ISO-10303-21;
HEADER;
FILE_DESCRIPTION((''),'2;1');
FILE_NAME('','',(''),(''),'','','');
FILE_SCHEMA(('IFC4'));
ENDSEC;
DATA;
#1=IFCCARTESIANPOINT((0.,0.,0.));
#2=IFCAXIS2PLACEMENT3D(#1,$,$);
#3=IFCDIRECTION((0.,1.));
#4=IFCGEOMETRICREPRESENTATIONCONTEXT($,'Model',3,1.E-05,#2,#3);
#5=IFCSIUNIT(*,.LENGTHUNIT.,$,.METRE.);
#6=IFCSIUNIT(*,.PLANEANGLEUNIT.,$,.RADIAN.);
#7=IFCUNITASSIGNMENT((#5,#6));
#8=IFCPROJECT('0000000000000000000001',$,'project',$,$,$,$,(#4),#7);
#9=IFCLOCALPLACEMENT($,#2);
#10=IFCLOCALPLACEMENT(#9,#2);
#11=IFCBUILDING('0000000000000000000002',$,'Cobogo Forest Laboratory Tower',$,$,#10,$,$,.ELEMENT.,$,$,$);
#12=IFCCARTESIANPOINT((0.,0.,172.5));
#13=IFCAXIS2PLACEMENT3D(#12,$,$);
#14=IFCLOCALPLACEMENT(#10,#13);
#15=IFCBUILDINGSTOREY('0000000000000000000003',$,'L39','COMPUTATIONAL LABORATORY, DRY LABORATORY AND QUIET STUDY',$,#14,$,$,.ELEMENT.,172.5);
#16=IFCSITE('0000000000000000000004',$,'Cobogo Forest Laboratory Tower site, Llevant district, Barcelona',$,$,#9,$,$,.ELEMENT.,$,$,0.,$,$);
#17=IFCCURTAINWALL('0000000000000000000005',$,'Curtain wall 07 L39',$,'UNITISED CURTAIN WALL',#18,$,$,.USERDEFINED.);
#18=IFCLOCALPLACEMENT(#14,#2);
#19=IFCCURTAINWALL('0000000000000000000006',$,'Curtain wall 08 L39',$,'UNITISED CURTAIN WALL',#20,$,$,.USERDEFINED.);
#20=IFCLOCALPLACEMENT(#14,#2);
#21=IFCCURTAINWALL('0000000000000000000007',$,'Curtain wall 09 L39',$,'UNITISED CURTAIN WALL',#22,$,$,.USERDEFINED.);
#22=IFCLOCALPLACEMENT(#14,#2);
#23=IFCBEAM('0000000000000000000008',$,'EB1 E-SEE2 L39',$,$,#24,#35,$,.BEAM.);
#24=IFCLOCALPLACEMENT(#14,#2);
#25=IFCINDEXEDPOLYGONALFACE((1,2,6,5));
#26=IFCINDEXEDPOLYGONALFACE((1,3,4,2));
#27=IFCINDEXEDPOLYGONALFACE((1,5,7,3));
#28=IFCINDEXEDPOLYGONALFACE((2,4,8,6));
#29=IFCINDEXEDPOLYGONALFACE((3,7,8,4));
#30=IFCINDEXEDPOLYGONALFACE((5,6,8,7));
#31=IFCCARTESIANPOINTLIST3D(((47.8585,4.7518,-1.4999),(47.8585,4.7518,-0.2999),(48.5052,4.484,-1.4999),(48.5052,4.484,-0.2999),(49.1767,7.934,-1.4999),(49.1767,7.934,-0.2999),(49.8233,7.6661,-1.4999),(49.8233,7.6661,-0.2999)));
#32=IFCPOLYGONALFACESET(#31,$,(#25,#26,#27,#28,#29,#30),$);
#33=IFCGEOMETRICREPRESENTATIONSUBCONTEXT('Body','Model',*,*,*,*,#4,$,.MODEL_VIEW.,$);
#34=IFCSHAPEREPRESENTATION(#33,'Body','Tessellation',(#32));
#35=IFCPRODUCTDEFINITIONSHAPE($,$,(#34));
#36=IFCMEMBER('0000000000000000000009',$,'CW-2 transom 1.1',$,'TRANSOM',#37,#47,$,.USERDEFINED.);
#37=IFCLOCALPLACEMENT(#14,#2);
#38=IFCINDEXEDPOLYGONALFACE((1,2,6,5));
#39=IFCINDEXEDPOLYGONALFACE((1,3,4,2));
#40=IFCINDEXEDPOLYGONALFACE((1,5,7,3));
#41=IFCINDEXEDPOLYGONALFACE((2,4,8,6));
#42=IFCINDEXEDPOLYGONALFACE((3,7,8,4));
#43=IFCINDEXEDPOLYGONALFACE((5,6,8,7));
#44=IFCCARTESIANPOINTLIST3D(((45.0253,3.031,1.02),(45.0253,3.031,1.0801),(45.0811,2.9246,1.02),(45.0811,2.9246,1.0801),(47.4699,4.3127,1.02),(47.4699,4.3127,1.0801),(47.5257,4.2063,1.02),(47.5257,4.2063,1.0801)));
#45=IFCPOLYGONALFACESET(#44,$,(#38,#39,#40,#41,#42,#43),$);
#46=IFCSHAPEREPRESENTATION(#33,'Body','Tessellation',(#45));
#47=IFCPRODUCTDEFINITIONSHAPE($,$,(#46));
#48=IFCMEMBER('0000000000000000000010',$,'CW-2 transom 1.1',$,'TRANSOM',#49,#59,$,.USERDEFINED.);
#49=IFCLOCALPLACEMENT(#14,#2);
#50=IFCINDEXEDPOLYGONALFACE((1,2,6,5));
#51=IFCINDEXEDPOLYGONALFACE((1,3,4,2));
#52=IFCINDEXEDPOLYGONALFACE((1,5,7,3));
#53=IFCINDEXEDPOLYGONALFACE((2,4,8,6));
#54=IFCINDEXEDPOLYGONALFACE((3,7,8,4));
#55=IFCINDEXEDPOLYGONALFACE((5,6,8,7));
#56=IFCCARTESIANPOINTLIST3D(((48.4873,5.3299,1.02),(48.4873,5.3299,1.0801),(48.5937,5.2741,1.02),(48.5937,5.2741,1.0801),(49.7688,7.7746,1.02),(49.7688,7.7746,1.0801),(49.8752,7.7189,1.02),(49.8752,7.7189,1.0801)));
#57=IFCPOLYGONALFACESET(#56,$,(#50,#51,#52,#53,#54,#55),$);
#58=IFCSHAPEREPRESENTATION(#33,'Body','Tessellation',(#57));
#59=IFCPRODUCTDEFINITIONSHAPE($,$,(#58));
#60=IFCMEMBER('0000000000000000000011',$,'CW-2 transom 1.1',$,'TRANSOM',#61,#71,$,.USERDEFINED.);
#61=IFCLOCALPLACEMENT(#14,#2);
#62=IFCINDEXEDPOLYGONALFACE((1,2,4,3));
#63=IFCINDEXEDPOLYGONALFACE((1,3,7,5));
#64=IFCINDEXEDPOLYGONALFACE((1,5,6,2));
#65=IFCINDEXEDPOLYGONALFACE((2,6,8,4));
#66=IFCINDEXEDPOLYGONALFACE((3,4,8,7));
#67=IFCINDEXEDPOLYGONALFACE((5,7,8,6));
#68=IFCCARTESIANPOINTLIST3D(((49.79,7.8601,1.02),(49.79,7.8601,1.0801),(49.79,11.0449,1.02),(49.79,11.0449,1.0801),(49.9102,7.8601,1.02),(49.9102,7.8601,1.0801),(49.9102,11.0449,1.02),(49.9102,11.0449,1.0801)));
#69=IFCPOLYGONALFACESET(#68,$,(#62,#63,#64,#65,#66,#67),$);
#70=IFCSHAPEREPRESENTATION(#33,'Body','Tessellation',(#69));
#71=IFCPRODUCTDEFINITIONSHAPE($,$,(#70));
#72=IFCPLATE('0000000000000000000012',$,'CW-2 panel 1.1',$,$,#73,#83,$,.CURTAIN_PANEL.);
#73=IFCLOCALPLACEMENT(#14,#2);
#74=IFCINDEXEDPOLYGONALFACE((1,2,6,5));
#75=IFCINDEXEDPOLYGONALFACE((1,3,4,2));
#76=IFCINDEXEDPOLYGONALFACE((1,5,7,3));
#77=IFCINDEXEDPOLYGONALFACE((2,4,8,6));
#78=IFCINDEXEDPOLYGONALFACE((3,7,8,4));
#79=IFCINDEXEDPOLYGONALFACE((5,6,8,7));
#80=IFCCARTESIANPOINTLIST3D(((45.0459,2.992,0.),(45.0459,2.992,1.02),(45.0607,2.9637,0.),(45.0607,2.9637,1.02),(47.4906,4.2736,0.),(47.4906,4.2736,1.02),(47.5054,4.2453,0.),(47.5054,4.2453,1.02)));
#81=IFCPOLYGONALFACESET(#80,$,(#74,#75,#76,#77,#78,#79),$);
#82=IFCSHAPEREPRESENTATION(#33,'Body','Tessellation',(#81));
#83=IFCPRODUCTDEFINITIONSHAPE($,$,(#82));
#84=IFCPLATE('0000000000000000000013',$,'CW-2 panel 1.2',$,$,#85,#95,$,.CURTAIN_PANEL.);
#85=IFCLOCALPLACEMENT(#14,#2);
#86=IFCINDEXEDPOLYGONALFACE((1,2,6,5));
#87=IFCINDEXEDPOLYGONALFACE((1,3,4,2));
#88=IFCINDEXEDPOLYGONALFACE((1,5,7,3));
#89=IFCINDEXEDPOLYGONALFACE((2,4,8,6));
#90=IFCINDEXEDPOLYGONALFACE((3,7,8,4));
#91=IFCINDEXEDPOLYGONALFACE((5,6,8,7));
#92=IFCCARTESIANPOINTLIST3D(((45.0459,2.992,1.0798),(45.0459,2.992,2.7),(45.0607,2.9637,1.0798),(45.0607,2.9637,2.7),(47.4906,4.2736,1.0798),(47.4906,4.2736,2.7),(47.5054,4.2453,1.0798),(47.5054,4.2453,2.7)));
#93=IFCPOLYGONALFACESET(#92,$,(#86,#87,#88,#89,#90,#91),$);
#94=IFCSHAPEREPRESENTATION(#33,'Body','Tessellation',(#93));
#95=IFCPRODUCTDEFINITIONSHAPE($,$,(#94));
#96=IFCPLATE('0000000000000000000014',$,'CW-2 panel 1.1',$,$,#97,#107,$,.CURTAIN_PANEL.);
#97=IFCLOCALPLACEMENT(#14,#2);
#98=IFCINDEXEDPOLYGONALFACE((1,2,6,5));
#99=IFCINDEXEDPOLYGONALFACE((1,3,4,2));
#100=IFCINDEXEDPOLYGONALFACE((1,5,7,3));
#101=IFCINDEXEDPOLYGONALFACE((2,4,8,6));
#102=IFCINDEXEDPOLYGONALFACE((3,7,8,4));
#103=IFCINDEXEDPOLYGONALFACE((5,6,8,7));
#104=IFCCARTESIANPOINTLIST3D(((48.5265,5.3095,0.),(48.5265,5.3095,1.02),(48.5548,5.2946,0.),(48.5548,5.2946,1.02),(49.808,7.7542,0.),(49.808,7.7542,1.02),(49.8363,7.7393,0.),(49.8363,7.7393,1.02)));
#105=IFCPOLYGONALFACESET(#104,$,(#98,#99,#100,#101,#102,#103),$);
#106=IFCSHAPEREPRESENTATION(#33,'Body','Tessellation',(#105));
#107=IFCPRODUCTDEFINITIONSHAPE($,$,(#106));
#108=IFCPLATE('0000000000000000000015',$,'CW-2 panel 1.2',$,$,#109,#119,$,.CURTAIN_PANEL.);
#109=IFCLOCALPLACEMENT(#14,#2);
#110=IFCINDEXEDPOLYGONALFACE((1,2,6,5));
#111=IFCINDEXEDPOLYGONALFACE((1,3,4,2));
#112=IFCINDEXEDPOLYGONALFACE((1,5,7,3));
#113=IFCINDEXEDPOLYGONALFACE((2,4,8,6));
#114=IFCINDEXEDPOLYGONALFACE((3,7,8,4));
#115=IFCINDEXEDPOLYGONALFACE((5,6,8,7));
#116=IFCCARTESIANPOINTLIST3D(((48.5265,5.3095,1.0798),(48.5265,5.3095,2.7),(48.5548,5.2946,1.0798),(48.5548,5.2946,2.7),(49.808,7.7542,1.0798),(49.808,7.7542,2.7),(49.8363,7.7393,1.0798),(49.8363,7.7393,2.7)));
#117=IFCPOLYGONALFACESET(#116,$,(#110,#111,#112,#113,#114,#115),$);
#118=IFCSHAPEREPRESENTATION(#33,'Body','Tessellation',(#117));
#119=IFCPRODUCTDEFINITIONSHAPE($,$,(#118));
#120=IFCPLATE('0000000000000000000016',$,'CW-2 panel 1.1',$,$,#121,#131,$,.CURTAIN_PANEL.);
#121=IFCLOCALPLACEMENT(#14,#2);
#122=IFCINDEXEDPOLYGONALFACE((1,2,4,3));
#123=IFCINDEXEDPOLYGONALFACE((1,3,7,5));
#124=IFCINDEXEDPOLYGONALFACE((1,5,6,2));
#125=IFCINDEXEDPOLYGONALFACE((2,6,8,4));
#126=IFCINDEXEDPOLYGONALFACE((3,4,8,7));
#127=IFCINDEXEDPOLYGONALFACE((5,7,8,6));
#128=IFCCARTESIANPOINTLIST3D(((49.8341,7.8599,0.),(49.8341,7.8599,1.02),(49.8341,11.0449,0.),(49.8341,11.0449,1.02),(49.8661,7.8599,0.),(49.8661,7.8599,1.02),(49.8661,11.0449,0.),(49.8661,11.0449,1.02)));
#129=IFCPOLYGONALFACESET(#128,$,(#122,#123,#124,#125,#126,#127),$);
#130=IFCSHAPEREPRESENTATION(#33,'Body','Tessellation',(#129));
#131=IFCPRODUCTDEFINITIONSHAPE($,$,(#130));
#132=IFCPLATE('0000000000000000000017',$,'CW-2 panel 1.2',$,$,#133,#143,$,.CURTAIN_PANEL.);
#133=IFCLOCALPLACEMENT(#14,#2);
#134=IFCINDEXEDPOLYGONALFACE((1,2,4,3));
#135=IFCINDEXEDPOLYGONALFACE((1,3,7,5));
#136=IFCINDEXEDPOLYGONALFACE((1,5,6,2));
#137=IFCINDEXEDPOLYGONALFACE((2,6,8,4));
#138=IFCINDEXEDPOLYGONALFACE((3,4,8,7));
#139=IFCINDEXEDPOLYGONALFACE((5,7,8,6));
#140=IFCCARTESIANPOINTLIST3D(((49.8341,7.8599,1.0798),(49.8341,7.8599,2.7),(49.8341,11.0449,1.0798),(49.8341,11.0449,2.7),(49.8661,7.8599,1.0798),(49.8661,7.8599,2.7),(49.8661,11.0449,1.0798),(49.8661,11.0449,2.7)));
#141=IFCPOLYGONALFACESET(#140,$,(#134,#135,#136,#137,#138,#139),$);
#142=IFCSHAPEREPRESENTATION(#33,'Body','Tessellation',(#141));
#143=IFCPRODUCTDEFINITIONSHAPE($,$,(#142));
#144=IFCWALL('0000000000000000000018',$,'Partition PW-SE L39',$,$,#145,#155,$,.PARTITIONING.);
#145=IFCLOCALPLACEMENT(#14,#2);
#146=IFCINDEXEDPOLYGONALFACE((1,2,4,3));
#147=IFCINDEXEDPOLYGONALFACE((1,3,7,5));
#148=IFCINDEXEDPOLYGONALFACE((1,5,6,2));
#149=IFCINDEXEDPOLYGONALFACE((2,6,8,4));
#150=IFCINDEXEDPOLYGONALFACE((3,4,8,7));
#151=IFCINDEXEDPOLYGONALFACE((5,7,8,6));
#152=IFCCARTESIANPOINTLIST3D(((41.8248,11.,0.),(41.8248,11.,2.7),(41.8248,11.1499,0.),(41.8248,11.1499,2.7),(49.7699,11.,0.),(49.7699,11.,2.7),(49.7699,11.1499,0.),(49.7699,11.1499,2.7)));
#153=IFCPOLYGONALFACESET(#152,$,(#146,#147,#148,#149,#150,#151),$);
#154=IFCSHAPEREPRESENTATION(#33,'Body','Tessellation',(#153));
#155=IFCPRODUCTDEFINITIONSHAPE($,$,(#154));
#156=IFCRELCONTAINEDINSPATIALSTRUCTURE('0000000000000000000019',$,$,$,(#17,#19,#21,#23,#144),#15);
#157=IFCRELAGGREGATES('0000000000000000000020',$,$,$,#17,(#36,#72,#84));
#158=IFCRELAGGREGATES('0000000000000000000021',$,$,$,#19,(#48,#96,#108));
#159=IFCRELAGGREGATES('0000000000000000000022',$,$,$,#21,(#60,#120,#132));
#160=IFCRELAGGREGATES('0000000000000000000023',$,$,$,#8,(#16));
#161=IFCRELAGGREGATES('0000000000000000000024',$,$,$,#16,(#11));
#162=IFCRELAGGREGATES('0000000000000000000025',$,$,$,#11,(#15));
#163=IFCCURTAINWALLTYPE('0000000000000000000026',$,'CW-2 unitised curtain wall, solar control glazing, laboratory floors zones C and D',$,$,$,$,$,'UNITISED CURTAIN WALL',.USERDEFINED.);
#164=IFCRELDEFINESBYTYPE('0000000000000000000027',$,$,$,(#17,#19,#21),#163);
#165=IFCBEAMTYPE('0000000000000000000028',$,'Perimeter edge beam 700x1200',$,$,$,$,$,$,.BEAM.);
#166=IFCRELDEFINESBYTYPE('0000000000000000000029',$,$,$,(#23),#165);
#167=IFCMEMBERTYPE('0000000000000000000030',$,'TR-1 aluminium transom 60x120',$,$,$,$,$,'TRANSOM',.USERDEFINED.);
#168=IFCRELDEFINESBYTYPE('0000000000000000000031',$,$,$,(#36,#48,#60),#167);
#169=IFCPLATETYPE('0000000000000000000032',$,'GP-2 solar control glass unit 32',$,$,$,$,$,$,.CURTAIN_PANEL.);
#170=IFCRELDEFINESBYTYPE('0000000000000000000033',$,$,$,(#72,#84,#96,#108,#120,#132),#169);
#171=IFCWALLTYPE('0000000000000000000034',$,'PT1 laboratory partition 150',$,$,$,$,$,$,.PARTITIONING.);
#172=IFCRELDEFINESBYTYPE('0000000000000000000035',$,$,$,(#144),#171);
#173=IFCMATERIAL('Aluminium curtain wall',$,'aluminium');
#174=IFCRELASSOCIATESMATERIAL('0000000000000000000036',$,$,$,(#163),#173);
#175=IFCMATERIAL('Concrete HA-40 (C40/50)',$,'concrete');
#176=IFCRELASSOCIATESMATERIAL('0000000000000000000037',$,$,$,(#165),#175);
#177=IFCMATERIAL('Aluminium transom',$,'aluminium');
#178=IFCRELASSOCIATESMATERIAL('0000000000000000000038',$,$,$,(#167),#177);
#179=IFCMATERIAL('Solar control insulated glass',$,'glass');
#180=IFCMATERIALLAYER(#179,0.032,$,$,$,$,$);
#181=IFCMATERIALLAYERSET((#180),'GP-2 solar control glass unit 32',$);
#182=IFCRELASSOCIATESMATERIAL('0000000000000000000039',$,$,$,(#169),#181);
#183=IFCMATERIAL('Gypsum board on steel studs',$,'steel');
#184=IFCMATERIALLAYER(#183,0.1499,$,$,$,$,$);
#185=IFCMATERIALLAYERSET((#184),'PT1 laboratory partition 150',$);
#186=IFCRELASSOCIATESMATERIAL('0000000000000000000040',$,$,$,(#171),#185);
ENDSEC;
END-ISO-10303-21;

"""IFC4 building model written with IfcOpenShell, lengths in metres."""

from ifc_helpers import new_model, si_unit, direction, frame, frame_2d, origin, origin_2d, place, context, subcontext, project, spatial, rectangle, extrude, material, layer, layer_set, material_profile, profile_set, type_object, element, aggregate, save


model = new_model("IFC4")

# Units and contexts
model_context = context("Model", 3, precision=1e-05, world=origin(), true_north=direction((0.0, 1.0)))
body_context = subcontext(model_context, "Body", "Model", "MODEL_VIEW")
ifc_project = project(units=[si_unit("LENGTHUNIT", "METRE"), si_unit("PLANEANGLEUNIT", "RADIAN")], contexts=[model_context])

# Site, building, storey
site_placement = place(None, origin())
site = spatial("IfcSite", under=ifc_project, at=site_placement, Name="Cobogo Forest Laboratory Tower site, Llevant district, Barcelona", CompositionType="ELEMENT", RefElevation=0.0)
building_placement = place(site_placement, origin())
building = spatial("IfcBuilding", under=site, at=building_placement, Name="Cobogo Forest Laboratory Tower", CompositionType="ELEMENT")
storey_placement = place(building_placement, frame((0.0, 0.0, 172.5)))
storey = spatial("IfcBuildingStorey", under=building, at=storey_placement, Name="L39", Description="COMPUTATIONAL LABORATORY, DRY LABORATORY AND QUIET STUDY", CompositionType="ELEMENT", Elevation=172.5)

# Shared definitions
ifc_material_1 = material(Name="Concrete HA-40 (C40/50)", Category="concrete")

# Shared definitions
ifc_material_2 = material(Name="Aluminium curtain wall", Category="aluminium")
curtain_wall_type = type_object("IfcCurtainWallType", Name="CW-2 unitised curtain wall, solar control glazing, laboratory floors zones C and D", ElementType="UNITISED CURTAIN WALL", PredefinedType="USERDEFINED", material=ifc_material_2)

# Curtain walls
curtain_wall_1_placement = place(storey_placement, origin())
curtain_wall_1 = element("IfcCurtainWall", 1, at=curtain_wall_1_placement, inside=storey, type_object=curtain_wall_type, Name="Curtain wall 07 L39", ObjectType="UNITISED CURTAIN WALL", PredefinedType="USERDEFINED")
curtain_wall_2_placement = place(storey_placement, origin())
curtain_wall_2 = element("IfcCurtainWall", 2, at=curtain_wall_2_placement, inside=storey, type_object=curtain_wall_type, Name="Curtain wall 08 L39", ObjectType="UNITISED CURTAIN WALL", PredefinedType="USERDEFINED")
curtain_wall_3_placement = place(storey_placement, origin())
curtain_wall_3 = element("IfcCurtainWall", 3, at=curtain_wall_3_placement, inside=storey, type_object=curtain_wall_type, Name="Curtain wall 09 L39", ObjectType="UNITISED CURTAIN WALL", PredefinedType="USERDEFINED")

# Beam
ifc_material_profile_1 = material_profile(ifc_material_1, rectangle(XDim=0.7, YDim=1.2, at=origin_2d()), Name="RC 700x1200")
ifc_profile_set_1 = profile_set([ifc_material_profile_1], Name="Concrete HA-40 (C40/50)")
beam_type_1 = type_object("IfcBeamType", Name="Perimeter edge beam 700x1200", PredefinedType="BEAM", material=ifc_profile_set_1)
beam_1_placement = place(storey_placement, frame((49.5, 7.8, -0.8999), z_axis=(-0.382692, -0.923876, 0.0), x_axis=(0.923876, -0.382692, 0.0)))
element("IfcBeam", 4, at=beam_1_placement, inside=storey, type_object=beam_type_1, Name="EB1 E-SEE2 L39", PredefinedType="BEAM", context=body_context, shape_type="SweptSolid", body=[
    extrude(rectangle(XDim=0.7, YDim=1.2, at=origin_2d()), origin(), (0.0, 0.0, 1.0), 3.4443),
])

# Members
ifc_material_3 = material(Name="Aluminium transom", Category="aluminium")
ifc_material_profile_2 = material_profile(ifc_material_3, rectangle(XDim=0.1201, YDim=0.0601, at=origin_2d()), Name="AL 60x120")
ifc_profile_set_2 = profile_set([ifc_material_profile_2], Name="Aluminium transom")
member_type_1 = type_object("IfcMemberType", Name="TR-1 aluminium transom 60x120", ElementType="TRANSOM", PredefinedType="USERDEFINED", material=ifc_profile_set_2)
member_1_placement = place(storey_placement, frame((45.0532, 2.9778, 1.05), z_axis=(0.885646, 0.464361, 0.0), x_axis=(-0.464361, 0.885646, 0.0)))
member_1 = element("IfcMember", 5, at=member_1_placement, type_object=member_type_1, Name="CW-2 transom 1.1", ObjectType="TRANSOM", PredefinedType="USERDEFINED", context=body_context, shape_type="SweptSolid", body=[
    extrude(rectangle(XDim=0.1201, YDim=0.0601, at=origin_2d()), origin(), (0.0, 0.0, 1.0), 2.7603),
])
member_2_placement = place(storey_placement, frame((48.5405, 5.302, 1.05), z_axis=(0.464255, 0.885702, 0.0), x_axis=(-0.885702, 0.464255, 0.0)))
member_2 = element("IfcMember", 6, at=member_2_placement, type_object=member_type_1, Name="CW-2 transom 1.1", ObjectType="TRANSOM", PredefinedType="USERDEFINED", context=body_context, shape_type="SweptSolid", body=[
    extrude(rectangle(XDim=0.1201, YDim=0.0601, at=origin_2d()), origin(), (0.0, 0.0, 1.0), 2.7603),
])
member_3_placement = place(storey_placement, frame((49.8501, 7.8601, 1.05), z_axis=(0.0, 1.0, 0.0), x_axis=(-1.0, 0.0, 0.0)))
member_3 = element("IfcMember", 7, at=member_3_placement, type_object=member_type_1, Name="CW-2 transom 1.1", ObjectType="TRANSOM", PredefinedType="USERDEFINED", context=body_context, shape_type="SweptSolid", body=[
    extrude(rectangle(XDim=0.1201, YDim=0.0601, at=origin_2d()), origin(), (0.0, 0.0, 1.0), 3.1848),
])

# Plates
ifc_material_4 = material(Name="Solar control insulated glass", Category="glass")
ifc_layer_1 = layer(ifc_material_4, 0.032)
ifc_layer_set_1 = layer_set([ifc_layer_1], Name="GP-2 solar control glass unit 32")
plate_type = type_object("IfcPlateType", Name="GP-2 solar control glass unit 32", PredefinedType="CURTAIN_PANEL", material=ifc_layer_set_1)
plate_1_placement = place(storey_placement, frame((46.2756, 3.6187, 0.0), z_axis=(0.0, 0.0, 1.0), x_axis=(0.885686, 0.464284, 0.0)))
plate_1 = element("IfcPlate", 8, at=plate_1_placement, type_object=plate_type, Name="CW-2 panel 1.1", PredefinedType="CURTAIN_PANEL", context=body_context, shape_type="SweptSolid", body=[
    extrude(rectangle(XDim=2.7603, YDim=0.032, at=origin_2d()), origin(), (0.0, 0.0, 1.0), 1.02),
])
plate_2_placement = place(storey_placement, frame((46.2756, 3.6187, 1.0798), z_axis=(0.0, 0.0, 1.0), x_axis=(0.885686, 0.464284, 0.0)))
plate_2 = element("IfcPlate", 9, at=plate_2_placement, type_object=plate_type, Name="CW-2 panel 1.2", PredefinedType="CURTAIN_PANEL", context=body_context, shape_type="SweptSolid", body=[
    extrude(rectangle(XDim=2.7603, YDim=0.032, at=origin_2d()), origin(), (0.0, 0.0, 1.0), 1.6201),
])
aggregate(curtain_wall_1, [member_1, plate_1, plate_2])
plate_3_placement = place(storey_placement, frame((49.1814, 6.5244, 0.0), z_axis=(0.0, 0.0, 1.0), x_axis=(0.464284, 0.885686, 0.0)))
plate_3 = element("IfcPlate", 10, at=plate_3_placement, type_object=plate_type, Name="CW-2 panel 1.1", PredefinedType="CURTAIN_PANEL", context=body_context, shape_type="SweptSolid", body=[
    extrude(rectangle(XDim=2.7603, YDim=0.032, at=origin_2d()), origin(), (0.0, 0.0, 1.0), 1.02),
])
plate_4_placement = place(storey_placement, frame((49.1814, 6.5244, 1.0798), z_axis=(0.0, 0.0, 1.0), x_axis=(0.464284, 0.885686, 0.0)))
plate_4 = element("IfcPlate", 11, at=plate_4_placement, type_object=plate_type, Name="CW-2 panel 1.2", PredefinedType="CURTAIN_PANEL", context=body_context, shape_type="SweptSolid", body=[
    extrude(rectangle(XDim=2.7603, YDim=0.032, at=origin_2d()), origin(), (0.0, 0.0, 1.0), 1.6201),
])
aggregate(curtain_wall_2, [member_2, plate_3, plate_4])
plate_5_placement = place(storey_placement, frame((49.8501, 9.4524, 0.0), z_axis=(0.0, 0.0, 1.0), x_axis=(0.0, 1.0, 0.0)))
plate_5 = element("IfcPlate", 12, at=plate_5_placement, type_object=plate_type, Name="CW-2 panel 1.1", PredefinedType="CURTAIN_PANEL", context=body_context, shape_type="SweptSolid", body=[
    extrude(rectangle(XDim=3.1851, YDim=0.032, at=origin_2d()), origin(), (0.0, 0.0, 1.0), 1.02),
])
plate_6_placement = place(storey_placement, frame((49.8501, 9.4524, 1.0798), z_axis=(0.0, 0.0, 1.0), x_axis=(0.0, 1.0, 0.0)))
plate_6 = element("IfcPlate", 13, at=plate_6_placement, type_object=plate_type, Name="CW-2 panel 1.2", PredefinedType="CURTAIN_PANEL", context=body_context, shape_type="SweptSolid", body=[
    extrude(rectangle(XDim=3.1851, YDim=0.032, at=origin_2d()), origin(), (0.0, 0.0, 1.0), 1.6201),
])
aggregate(curtain_wall_3, [member_3, plate_5, plate_6])

# Wall
ifc_material_5 = material(Name="Gypsum board on steel studs", Category="steel")
ifc_layer_2 = layer(ifc_material_5, 0.1499)
ifc_layer_set_2 = layer_set([ifc_layer_2], Name="PT1 laboratory partition 150")
wall_type = type_object("IfcWallType", Name="PT1 laboratory partition 150", PredefinedType="PARTITIONING", material=ifc_layer_set_2)
wall_placement = place(storey_placement, frame((49.77, 11.075, 0.0), z_axis=(0.0, 0.0, 1.0), x_axis=(-1.0, 0.0, 0.0)))
element("IfcWall", 14, at=wall_placement, inside=storey, type_object=wall_type, Name="Partition PW-SE L39", PredefinedType="PARTITIONING", context=body_context, shape_type="SweptSolid", body=[
    extrude(rectangle(XDim=7.9451, YDim=0.1499, at=frame_2d((3.9727, 0.0))), origin(), (0.0, 0.0, 1.0), 2.7),
])

save(model, "model.ifc")
